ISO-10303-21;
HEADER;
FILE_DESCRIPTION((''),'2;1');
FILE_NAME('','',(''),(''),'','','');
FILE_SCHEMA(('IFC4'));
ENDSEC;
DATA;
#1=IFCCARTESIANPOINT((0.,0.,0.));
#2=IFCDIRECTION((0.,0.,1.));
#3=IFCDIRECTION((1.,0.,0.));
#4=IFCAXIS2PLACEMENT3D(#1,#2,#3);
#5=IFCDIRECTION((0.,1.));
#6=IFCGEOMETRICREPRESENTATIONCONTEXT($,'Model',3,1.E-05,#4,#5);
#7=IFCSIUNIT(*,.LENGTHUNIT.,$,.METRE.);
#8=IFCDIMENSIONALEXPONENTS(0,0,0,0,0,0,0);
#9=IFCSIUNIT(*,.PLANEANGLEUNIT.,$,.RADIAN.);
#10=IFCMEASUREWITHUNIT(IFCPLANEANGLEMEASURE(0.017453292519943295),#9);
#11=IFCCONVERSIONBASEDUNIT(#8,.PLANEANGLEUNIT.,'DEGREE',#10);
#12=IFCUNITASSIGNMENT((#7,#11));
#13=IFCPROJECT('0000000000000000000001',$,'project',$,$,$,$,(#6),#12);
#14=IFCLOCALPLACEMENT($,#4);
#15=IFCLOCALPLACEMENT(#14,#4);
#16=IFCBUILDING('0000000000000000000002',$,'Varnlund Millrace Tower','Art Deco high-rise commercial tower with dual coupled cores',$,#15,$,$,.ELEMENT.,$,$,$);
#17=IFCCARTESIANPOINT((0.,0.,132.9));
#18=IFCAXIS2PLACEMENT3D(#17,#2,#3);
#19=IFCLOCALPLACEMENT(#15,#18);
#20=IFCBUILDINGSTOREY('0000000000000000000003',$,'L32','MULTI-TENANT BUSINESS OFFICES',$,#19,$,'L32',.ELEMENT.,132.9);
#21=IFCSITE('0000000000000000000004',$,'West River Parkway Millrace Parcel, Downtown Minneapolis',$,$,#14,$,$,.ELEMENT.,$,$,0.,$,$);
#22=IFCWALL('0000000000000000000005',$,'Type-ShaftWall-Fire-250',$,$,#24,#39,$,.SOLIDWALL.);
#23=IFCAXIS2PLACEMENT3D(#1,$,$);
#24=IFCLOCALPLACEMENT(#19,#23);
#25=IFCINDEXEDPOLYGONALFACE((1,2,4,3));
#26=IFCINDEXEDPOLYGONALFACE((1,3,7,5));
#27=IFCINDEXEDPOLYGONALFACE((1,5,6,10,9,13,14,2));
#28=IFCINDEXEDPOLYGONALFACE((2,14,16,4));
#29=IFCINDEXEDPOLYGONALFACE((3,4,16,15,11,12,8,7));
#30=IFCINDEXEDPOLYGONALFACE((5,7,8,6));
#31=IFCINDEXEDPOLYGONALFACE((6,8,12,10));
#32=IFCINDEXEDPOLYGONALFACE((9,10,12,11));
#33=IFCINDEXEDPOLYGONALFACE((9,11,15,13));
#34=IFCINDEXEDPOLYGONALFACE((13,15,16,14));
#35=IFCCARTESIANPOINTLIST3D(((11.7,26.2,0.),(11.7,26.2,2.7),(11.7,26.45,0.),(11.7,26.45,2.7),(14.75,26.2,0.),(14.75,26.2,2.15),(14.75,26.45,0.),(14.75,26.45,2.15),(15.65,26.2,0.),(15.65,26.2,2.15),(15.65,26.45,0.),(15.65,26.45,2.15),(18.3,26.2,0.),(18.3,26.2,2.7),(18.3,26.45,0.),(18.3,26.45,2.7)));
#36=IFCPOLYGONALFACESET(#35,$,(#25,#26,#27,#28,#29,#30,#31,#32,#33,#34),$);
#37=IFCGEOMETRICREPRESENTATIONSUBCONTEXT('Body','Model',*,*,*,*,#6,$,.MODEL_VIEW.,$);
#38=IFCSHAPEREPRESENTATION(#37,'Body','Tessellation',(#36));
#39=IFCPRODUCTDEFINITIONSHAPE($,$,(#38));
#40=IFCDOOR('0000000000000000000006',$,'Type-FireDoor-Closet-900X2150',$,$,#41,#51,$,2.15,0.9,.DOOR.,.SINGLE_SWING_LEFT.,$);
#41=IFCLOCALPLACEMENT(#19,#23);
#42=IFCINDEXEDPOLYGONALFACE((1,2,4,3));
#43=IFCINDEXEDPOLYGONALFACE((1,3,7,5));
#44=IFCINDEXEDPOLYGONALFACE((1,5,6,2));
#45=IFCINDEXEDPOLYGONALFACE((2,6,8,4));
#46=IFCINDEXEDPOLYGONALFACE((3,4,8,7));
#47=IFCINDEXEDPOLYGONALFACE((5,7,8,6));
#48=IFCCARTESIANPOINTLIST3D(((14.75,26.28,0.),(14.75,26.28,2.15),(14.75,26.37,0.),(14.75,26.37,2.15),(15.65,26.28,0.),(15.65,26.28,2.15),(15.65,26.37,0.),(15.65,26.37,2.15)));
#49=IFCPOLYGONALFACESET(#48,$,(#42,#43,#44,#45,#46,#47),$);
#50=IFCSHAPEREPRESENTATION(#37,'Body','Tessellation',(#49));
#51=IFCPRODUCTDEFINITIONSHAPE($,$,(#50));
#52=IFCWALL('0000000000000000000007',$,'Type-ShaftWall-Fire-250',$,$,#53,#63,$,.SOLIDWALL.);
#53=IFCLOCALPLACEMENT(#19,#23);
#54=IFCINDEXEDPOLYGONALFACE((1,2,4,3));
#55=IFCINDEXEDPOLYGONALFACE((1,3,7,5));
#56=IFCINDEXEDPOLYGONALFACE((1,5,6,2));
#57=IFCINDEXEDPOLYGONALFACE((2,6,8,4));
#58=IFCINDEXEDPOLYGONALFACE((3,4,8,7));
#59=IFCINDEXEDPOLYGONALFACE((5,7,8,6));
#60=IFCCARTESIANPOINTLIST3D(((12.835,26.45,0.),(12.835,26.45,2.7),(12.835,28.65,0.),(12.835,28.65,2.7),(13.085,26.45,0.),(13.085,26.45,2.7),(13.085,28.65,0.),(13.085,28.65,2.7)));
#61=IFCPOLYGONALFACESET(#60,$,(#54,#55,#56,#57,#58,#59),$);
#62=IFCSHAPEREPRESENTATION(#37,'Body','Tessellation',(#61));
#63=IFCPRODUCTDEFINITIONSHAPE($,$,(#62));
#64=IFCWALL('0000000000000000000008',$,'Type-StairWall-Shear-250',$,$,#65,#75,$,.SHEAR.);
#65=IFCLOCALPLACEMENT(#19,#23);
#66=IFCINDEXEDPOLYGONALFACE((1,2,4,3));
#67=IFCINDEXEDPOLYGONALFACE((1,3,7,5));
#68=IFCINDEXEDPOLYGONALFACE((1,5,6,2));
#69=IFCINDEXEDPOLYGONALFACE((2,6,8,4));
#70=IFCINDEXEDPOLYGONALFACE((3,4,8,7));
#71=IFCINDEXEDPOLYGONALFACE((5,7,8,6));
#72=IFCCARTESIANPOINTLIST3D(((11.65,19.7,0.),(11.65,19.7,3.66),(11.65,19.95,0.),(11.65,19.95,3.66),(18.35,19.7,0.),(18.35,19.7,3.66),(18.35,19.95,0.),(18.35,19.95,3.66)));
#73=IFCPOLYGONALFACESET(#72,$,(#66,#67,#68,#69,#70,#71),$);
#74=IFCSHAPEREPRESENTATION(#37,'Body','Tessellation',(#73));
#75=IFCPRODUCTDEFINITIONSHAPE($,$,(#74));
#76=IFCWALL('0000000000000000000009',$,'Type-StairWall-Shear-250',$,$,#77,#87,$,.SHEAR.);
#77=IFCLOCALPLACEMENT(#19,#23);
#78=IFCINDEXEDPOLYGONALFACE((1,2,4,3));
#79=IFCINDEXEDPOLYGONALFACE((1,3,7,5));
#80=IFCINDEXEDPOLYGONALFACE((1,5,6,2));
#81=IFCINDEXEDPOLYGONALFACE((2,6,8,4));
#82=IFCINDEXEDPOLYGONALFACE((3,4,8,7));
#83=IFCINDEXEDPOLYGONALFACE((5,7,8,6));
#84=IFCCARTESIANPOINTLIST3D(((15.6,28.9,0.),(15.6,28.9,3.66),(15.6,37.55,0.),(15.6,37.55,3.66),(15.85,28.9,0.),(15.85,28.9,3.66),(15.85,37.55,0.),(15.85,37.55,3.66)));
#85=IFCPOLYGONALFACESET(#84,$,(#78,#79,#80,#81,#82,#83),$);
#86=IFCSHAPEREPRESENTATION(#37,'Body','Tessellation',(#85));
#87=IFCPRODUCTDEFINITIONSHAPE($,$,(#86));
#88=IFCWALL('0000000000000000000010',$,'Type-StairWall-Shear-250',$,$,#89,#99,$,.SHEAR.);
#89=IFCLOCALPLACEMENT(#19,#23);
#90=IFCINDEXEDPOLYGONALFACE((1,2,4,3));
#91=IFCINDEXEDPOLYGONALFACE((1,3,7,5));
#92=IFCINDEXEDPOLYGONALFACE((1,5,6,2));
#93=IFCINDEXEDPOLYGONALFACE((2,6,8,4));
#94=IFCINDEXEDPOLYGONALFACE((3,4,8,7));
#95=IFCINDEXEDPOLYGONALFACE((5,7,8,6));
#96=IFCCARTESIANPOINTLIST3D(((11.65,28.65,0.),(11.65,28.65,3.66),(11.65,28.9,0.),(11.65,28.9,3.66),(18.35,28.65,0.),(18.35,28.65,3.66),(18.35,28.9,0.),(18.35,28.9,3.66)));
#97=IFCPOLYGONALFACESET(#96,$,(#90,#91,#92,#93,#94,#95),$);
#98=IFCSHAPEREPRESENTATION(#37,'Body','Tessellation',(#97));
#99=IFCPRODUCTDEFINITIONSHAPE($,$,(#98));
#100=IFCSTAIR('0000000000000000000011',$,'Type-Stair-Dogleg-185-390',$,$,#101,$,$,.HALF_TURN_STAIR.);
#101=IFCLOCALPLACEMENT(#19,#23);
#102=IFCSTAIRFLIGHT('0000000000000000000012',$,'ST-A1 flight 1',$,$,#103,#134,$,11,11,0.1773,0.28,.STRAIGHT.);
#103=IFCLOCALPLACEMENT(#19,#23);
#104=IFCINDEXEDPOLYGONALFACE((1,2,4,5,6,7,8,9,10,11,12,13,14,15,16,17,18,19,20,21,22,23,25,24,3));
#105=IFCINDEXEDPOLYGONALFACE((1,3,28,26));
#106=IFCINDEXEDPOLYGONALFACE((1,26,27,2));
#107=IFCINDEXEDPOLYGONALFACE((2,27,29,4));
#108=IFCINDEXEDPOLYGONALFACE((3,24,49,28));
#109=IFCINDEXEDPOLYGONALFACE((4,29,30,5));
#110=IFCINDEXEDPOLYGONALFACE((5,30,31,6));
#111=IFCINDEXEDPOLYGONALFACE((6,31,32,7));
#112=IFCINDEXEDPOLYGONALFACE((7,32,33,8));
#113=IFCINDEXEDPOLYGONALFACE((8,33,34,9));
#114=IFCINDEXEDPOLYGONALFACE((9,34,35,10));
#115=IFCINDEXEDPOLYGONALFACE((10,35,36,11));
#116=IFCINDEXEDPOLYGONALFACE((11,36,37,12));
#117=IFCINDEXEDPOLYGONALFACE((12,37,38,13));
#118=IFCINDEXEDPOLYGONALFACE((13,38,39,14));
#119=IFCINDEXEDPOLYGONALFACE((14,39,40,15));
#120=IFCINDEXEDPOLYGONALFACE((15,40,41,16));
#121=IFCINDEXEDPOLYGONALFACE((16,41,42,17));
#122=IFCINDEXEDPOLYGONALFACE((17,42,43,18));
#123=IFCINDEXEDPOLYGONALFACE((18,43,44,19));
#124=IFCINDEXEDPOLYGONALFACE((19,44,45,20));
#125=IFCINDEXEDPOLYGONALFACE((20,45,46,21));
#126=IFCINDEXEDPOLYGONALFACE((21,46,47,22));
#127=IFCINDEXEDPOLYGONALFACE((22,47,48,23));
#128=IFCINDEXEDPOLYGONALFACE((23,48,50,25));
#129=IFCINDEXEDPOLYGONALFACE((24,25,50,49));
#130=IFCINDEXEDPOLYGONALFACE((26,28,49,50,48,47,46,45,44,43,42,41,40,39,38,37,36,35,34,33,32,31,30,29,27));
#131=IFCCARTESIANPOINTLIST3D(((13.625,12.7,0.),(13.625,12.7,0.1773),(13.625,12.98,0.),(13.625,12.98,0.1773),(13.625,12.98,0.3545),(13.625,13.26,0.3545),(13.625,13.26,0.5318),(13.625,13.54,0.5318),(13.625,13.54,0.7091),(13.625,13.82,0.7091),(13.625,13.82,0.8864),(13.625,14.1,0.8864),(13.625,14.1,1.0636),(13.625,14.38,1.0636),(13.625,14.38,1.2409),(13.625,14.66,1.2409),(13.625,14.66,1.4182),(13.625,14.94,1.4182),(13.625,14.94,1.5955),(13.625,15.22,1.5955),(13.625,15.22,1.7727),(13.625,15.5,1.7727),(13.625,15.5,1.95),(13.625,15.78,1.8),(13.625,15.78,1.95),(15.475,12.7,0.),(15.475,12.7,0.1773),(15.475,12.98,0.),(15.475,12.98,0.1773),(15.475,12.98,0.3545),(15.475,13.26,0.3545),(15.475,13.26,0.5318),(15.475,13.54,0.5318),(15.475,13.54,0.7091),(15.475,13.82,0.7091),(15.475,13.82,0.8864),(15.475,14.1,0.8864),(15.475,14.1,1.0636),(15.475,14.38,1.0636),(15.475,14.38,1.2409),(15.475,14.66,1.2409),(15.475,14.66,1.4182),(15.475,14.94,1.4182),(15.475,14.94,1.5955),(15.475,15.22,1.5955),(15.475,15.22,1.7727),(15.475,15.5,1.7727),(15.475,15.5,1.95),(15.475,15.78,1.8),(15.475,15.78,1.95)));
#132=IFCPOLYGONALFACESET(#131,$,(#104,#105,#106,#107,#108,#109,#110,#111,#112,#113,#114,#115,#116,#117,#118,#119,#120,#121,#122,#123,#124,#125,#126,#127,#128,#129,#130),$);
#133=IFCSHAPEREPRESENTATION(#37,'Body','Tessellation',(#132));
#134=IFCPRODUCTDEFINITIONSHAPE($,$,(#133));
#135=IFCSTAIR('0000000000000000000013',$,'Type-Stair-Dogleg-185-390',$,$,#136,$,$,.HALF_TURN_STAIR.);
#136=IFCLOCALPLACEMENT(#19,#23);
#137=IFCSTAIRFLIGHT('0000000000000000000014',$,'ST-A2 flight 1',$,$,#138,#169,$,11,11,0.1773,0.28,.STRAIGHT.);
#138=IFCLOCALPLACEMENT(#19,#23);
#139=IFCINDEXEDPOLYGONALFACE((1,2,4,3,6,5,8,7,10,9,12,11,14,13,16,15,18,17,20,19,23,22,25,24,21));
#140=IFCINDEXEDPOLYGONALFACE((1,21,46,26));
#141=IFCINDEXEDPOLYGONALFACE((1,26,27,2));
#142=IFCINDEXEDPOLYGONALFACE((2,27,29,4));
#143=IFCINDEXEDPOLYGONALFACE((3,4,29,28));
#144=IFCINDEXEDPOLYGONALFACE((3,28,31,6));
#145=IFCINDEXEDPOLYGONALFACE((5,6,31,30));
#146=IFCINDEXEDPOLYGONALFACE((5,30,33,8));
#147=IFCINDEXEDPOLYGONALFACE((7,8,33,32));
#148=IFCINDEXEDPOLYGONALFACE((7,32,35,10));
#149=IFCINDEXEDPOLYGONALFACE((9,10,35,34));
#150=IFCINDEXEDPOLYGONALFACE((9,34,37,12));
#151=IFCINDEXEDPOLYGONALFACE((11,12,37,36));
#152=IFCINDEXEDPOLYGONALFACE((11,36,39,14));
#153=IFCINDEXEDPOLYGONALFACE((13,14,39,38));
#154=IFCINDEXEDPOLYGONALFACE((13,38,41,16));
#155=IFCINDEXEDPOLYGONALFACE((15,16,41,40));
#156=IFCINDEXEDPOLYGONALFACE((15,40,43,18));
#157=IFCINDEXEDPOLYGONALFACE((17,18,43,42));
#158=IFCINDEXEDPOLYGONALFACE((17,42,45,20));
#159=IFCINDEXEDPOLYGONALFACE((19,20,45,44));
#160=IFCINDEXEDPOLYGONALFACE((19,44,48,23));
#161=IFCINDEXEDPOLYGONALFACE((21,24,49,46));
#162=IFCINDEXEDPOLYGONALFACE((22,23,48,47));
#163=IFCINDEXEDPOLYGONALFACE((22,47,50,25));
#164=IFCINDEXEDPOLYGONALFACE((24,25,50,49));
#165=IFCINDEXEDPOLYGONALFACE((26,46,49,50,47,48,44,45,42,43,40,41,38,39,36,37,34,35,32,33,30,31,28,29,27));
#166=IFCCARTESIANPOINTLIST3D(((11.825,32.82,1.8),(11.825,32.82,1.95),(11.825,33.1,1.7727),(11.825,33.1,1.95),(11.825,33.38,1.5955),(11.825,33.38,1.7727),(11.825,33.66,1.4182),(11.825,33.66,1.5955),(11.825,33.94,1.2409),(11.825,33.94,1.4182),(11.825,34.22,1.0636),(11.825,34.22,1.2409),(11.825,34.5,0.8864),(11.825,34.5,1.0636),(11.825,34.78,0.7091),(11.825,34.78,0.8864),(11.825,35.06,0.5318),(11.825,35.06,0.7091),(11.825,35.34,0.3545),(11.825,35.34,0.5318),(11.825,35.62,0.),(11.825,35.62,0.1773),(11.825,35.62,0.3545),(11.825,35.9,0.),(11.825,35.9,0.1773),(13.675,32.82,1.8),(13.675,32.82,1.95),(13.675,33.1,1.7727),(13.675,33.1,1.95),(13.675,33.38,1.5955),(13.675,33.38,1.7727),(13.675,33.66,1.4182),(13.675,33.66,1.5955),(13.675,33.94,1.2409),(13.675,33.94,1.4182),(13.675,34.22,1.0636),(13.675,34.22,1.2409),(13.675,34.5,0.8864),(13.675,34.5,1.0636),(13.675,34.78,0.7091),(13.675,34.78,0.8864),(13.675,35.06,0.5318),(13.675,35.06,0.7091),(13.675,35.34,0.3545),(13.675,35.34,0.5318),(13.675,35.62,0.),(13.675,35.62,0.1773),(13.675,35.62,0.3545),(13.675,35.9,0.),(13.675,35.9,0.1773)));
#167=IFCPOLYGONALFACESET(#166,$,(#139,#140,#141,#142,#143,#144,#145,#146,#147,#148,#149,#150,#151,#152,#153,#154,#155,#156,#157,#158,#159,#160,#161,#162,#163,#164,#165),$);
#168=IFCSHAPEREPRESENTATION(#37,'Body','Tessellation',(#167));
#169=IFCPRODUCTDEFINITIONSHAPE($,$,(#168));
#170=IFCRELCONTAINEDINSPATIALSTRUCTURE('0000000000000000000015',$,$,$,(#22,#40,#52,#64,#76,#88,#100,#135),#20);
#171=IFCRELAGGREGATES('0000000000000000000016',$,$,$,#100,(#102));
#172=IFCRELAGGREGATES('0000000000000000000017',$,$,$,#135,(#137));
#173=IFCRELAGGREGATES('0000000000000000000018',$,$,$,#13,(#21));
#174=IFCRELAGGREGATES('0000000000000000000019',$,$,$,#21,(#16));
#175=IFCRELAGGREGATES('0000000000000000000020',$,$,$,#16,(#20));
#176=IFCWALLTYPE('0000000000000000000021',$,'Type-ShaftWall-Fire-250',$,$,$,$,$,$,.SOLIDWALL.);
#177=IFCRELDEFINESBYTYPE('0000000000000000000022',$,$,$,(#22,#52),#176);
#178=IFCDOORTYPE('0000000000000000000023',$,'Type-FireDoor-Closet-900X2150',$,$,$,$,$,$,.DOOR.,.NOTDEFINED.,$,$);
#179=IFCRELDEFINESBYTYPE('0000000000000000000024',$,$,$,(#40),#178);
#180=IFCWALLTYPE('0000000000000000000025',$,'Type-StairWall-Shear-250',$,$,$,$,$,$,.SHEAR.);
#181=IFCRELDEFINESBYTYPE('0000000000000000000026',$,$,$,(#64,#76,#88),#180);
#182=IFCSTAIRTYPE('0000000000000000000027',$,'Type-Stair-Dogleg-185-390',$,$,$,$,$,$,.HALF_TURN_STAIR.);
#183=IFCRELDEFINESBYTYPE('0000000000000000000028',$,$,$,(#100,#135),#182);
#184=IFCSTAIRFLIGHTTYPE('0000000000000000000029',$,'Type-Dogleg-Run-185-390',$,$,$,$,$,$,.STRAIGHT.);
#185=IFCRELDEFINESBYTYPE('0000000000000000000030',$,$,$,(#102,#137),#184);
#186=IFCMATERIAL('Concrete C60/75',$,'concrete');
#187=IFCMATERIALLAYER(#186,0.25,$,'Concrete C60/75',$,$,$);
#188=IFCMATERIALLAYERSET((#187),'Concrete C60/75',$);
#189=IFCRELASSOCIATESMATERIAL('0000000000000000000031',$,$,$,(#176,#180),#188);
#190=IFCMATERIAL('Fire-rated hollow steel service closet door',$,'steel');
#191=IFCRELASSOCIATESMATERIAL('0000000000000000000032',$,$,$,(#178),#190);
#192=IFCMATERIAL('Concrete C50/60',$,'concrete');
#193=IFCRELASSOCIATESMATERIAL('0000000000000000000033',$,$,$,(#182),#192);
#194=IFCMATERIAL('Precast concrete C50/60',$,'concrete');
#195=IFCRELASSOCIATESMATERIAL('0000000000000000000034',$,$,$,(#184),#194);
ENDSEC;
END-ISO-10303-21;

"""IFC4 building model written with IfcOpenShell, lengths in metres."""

from ifc_helpers import new_model, entity, si_unit, converted_unit, direction, frame, origin_with_axes, origin_2d_with_axis, place, context, subcontext, project, spatial, polyline, rectangle, outline, extrude, material, layer, layer_set, type_object, element, fill, aggregate, save


model = new_model("IFC4")

# Units and contexts
model_context = context("Model", 3, precision=1e-05, world=origin_with_axes(), true_north=direction((0.0, 1.0)))
body_context = subcontext(model_context, "Body", "Model", "MODEL_VIEW")
ifc_project = project(units=[si_unit("LENGTHUNIT", "METRE"), converted_unit("PLANEANGLEUNIT", "DEGREE", entity("IfcPlaneAngleMeasure", 0.017453292519943295), si_unit("PLANEANGLEUNIT", "RADIAN"), dimensions=[0, 0, 0, 0, 0, 0, 0])], contexts=[model_context])

# Site, building, storey
site_placement = place(None, origin_with_axes())
site = spatial("IfcSite", under=ifc_project, at=site_placement, Name="West River Parkway Millrace Parcel, Downtown Minneapolis", CompositionType="ELEMENT", RefElevation=0.0)
building_placement = place(site_placement, origin_with_axes())
building = spatial("IfcBuilding", under=site, at=building_placement, Name="Varnlund Millrace Tower", Description="Art Deco high-rise commercial tower with dual coupled cores", CompositionType="ELEMENT")
storey_placement = place(building_placement, frame((0.0, 0.0, 132.9), z_axis=(0.0, 0.0, 1.0), x_axis=(1.0, 0.0, 0.0)))
storey = spatial("IfcBuildingStorey", under=building, at=storey_placement, Name="L32", Description="MULTI-TENANT BUSINESS OFFICES", LongName="L32", CompositionType="ELEMENT", Elevation=132.9)

# Shared definitions
ifc_material_1 = material(Name="Concrete C60/75", Category="concrete")
ifc_layer = layer(ifc_material_1, 0.25, Name="Concrete C60/75")
ifc_layer_set = layer_set([ifc_layer], Name="Concrete C60/75")
wall_type_1 = type_object("IfcWallType", Name="Type-ShaftWall-Fire-250", PredefinedType="SOLIDWALL", material=ifc_layer_set)

# Wall, opening, door
ifc_material_2 = material(Name="Fire-rated hollow steel service closet door", Category="steel")
door_type_1 = type_object("IfcDoorType", Name="Type-FireDoor-Closet-900X2150", OperationType="NOTDEFINED", PredefinedType="DOOR", material=ifc_material_2)
wall_1_placement = place(storey_placement, frame((11.7, 26.325, 0.0), z_axis=(0.0, 0.0, 1.0), x_axis=(1.0, 0.0, 0.0)))
wall_1 = element("IfcWall", 1, at=wall_1_placement, inside=storey, type_object=wall_type_1, Name="Type-ShaftWall-Fire-250", PredefinedType="SOLIDWALL", context=body_context, shape_type="SweptSolid", body=[
    extrude(outline(polyline([(0.0, -0.125), (6.6, -0.125), (6.6, 0.125), (0.0, 0.125), (0.0, -0.125)])), origin_with_axes(), (0.0, 0.0, 1.0), 2.7),
])
opening_1_placement = place(wall_1_placement, frame((3.5, 0.0, 0.0), z_axis=(0.0, 0.0, 1.0), x_axis=(1.0, 0.0, 0.0)))
opening_1 = element("IfcOpeningElement", 2, at=opening_1_placement, cuts=wall_1, PredefinedType="OPENING", context=body_context, shape_type="SweptSolid", body=[
    extrude(rectangle(XDim=0.9, YDim=0.27, at=origin_2d_with_axis()), origin_with_axes(), (0.0, 0.0, 1.0), 2.15),
])
door_1_placement = place(wall_1_placement, frame((3.5, 0.0, 0.0), z_axis=(0.0, 0.0, 1.0), x_axis=(1.0, 0.0, 0.0)))
door_1 = element("IfcDoor", 3, at=door_1_placement, inside=storey, type_object=door_type_1, Name="Type-FireDoor-Closet-900X2150", OperationType="SINGLE_SWING_LEFT", OverallHeight=2.15, OverallWidth=0.9, PredefinedType="DOOR", context=body_context, shape_type="SweptSolid", body=[
    extrude(rectangle(XDim=0.9, YDim=0.09, at=origin_2d_with_axis()), origin_with_axes(), (0.0, 0.0, 1.0), 2.15),
])
fill(opening_1, door_1)

# Walls
wall_2_placement = place(storey_placement, frame((12.96, 26.45, 0.0), z_axis=(0.0, 0.0, 1.0), x_axis=(0.0, 1.0, 0.0)))
element("IfcWall", 4, at=wall_2_placement, inside=storey, type_object=wall_type_1, Name="Type-ShaftWall-Fire-250", PredefinedType="SOLIDWALL", context=body_context, shape_type="SweptSolid", body=[
    extrude(outline(polyline([(0.0, -0.125), (2.2, -0.125), (2.2, 0.125), (0.0, 0.125), (0.0, -0.125)])), origin_with_axes(), (0.0, 0.0, 1.0), 2.7),
])
wall_type_2 = type_object("IfcWallType", Name="Type-StairWall-Shear-250", PredefinedType="SHEAR", material=ifc_layer_set)
wall_3_placement = place(storey_placement, frame((11.65, 19.825, 0.0), z_axis=(0.0, 0.0, 1.0), x_axis=(1.0, 0.0, 0.0)))
element("IfcWall", 5, at=wall_3_placement, inside=storey, type_object=wall_type_2, Name="Type-StairWall-Shear-250", PredefinedType="SHEAR", context=body_context, shape_type="SweptSolid", body=[
    extrude(outline(polyline([(0.0, -0.125), (6.7, -0.125), (6.7, 0.125), (0.0, 0.125), (0.0, -0.125)])), origin_with_axes(), (0.0, 0.0, 1.0), 3.66),
])
wall_4_placement = place(storey_placement, frame((15.725, 28.9, 0.0), z_axis=(0.0, 0.0, 1.0), x_axis=(0.0, 1.0, 0.0)))
element("IfcWall", 6, at=wall_4_placement, inside=storey, type_object=wall_type_2, Name="Type-StairWall-Shear-250", PredefinedType="SHEAR", context=body_context, shape_type="SweptSolid", body=[
    extrude(outline(polyline([(0.0, -0.125), (8.65, -0.125), (8.65, 0.125), (0.0, 0.125), (0.0, -0.125)])), origin_with_axes(), (0.0, 0.0, 1.0), 3.66),
])
wall_5_placement = place(storey_placement, frame((11.65, 28.775, 0.0), z_axis=(0.0, 0.0, 1.0), x_axis=(1.0, 0.0, 0.0)))
element("IfcWall", 7, at=wall_5_placement, inside=storey, type_object=wall_type_2, Name="Type-StairWall-Shear-250", PredefinedType="SHEAR", context=body_context, shape_type="SweptSolid", body=[
    extrude(outline(polyline([(0.0, -0.125), (6.7, -0.125), (6.7, 0.125), (0.0, 0.125), (0.0, -0.125)])), origin_with_axes(), (0.0, 0.0, 1.0), 3.66),
])

# Stairs, stair flights
ifc_material_3 = material(Name="Concrete C50/60", Category="concrete")
stair_type = type_object("IfcStairType", Name="Type-Stair-Dogleg-185-390", PredefinedType="HALF_TURN_STAIR", material=ifc_material_3)
stair_1_placement = place(storey_placement, origin_with_axes())
stair_1 = element("IfcStair", 8, at=stair_1_placement, inside=storey, type_object=stair_type, Name="Type-Stair-Dogleg-185-390", PredefinedType="HALF_TURN_STAIR")
ifc_material_4 = material(Name="Precast concrete C50/60", Category="concrete")
stair_flight_type = type_object("IfcStairFlightType", Name="Type-Dogleg-Run-185-390", PredefinedType="STRAIGHT", material=ifc_material_4)
stair_flight_1_placement = place(storey_placement, frame((13.625, 12.7, 0.0), z_axis=(1.0, 0.0, 0.0), x_axis=(0.0, 1.0, 0.0)))
stair_flight_1 = element("IfcStairFlight", 9, at=stair_flight_1_placement, type_object=stair_flight_type, Name="ST-A1 flight 1", NumberOfRisers=11, NumberOfTreads=11, PredefinedType="STRAIGHT", RiserHeight=0.1773, TreadLength=0.28, context=body_context, shape_type="SweptSolid", body=[
    extrude(outline(polyline([(0.0, 0.0), (0.0, 0.1773), (0.28, 0.1773), (0.28, 0.3545), (0.56, 0.3545), (0.56, 0.5318), (0.84, 0.5318), (0.84, 0.7091), (1.12, 0.7091), (1.12, 0.8864), (1.4, 0.8864), (1.4, 1.0636), (1.68, 1.0636), (1.68, 1.2409), (1.96, 1.2409), (1.96, 1.4182), (2.24, 1.4182), (2.24, 1.5955), (2.52, 1.5955), (2.52, 1.7727), (2.8, 1.7727), (2.8, 1.95), (3.08, 1.95), (3.08, 1.8), (0.28, 0.0), (0.0, 0.0)])), origin_with_axes(), (0.0, 0.0, 1.0), 1.85),
])
aggregate(stair_1, [stair_flight_1])
stair_2_placement = place(storey_placement, origin_with_axes())
stair_2 = element("IfcStair", 10, at=stair_2_placement, inside=storey, type_object=stair_type, Name="Type-Stair-Dogleg-185-390", PredefinedType="HALF_TURN_STAIR")
stair_flight_2_placement = place(storey_placement, frame((13.675, 35.9, 0.0), z_axis=(-1.0, 0.0, 0.0), x_axis=(0.0, -1.0, 0.0)))
stair_flight_2 = element("IfcStairFlight", 11, at=stair_flight_2_placement, type_object=stair_flight_type, Name="ST-A2 flight 1", NumberOfRisers=11, NumberOfTreads=11, PredefinedType="STRAIGHT", RiserHeight=0.1773, TreadLength=0.28, context=body_context, shape_type="SweptSolid", body=[
    extrude(outline(polyline([(0.0, 0.0), (0.0, 0.1773), (0.28, 0.1773), (0.28, 0.3545), (0.56, 0.3545), (0.56, 0.5318), (0.84, 0.5318), (0.84, 0.7091), (1.12, 0.7091), (1.12, 0.8864), (1.4, 0.8864), (1.4, 1.0636), (1.68, 1.0636), (1.68, 1.2409), (1.96, 1.2409), (1.96, 1.4182), (2.24, 1.4182), (2.24, 1.5955), (2.52, 1.5955), (2.52, 1.7727), (2.8, 1.7727), (2.8, 1.95), (3.08, 1.95), (3.08, 1.8), (0.28, 0.0), (0.0, 0.0)])), origin_with_axes(), (0.0, 0.0, 1.0), 1.85),
])
aggregate(stair_2, [stair_flight_2])

save(model, "model.ifc")
